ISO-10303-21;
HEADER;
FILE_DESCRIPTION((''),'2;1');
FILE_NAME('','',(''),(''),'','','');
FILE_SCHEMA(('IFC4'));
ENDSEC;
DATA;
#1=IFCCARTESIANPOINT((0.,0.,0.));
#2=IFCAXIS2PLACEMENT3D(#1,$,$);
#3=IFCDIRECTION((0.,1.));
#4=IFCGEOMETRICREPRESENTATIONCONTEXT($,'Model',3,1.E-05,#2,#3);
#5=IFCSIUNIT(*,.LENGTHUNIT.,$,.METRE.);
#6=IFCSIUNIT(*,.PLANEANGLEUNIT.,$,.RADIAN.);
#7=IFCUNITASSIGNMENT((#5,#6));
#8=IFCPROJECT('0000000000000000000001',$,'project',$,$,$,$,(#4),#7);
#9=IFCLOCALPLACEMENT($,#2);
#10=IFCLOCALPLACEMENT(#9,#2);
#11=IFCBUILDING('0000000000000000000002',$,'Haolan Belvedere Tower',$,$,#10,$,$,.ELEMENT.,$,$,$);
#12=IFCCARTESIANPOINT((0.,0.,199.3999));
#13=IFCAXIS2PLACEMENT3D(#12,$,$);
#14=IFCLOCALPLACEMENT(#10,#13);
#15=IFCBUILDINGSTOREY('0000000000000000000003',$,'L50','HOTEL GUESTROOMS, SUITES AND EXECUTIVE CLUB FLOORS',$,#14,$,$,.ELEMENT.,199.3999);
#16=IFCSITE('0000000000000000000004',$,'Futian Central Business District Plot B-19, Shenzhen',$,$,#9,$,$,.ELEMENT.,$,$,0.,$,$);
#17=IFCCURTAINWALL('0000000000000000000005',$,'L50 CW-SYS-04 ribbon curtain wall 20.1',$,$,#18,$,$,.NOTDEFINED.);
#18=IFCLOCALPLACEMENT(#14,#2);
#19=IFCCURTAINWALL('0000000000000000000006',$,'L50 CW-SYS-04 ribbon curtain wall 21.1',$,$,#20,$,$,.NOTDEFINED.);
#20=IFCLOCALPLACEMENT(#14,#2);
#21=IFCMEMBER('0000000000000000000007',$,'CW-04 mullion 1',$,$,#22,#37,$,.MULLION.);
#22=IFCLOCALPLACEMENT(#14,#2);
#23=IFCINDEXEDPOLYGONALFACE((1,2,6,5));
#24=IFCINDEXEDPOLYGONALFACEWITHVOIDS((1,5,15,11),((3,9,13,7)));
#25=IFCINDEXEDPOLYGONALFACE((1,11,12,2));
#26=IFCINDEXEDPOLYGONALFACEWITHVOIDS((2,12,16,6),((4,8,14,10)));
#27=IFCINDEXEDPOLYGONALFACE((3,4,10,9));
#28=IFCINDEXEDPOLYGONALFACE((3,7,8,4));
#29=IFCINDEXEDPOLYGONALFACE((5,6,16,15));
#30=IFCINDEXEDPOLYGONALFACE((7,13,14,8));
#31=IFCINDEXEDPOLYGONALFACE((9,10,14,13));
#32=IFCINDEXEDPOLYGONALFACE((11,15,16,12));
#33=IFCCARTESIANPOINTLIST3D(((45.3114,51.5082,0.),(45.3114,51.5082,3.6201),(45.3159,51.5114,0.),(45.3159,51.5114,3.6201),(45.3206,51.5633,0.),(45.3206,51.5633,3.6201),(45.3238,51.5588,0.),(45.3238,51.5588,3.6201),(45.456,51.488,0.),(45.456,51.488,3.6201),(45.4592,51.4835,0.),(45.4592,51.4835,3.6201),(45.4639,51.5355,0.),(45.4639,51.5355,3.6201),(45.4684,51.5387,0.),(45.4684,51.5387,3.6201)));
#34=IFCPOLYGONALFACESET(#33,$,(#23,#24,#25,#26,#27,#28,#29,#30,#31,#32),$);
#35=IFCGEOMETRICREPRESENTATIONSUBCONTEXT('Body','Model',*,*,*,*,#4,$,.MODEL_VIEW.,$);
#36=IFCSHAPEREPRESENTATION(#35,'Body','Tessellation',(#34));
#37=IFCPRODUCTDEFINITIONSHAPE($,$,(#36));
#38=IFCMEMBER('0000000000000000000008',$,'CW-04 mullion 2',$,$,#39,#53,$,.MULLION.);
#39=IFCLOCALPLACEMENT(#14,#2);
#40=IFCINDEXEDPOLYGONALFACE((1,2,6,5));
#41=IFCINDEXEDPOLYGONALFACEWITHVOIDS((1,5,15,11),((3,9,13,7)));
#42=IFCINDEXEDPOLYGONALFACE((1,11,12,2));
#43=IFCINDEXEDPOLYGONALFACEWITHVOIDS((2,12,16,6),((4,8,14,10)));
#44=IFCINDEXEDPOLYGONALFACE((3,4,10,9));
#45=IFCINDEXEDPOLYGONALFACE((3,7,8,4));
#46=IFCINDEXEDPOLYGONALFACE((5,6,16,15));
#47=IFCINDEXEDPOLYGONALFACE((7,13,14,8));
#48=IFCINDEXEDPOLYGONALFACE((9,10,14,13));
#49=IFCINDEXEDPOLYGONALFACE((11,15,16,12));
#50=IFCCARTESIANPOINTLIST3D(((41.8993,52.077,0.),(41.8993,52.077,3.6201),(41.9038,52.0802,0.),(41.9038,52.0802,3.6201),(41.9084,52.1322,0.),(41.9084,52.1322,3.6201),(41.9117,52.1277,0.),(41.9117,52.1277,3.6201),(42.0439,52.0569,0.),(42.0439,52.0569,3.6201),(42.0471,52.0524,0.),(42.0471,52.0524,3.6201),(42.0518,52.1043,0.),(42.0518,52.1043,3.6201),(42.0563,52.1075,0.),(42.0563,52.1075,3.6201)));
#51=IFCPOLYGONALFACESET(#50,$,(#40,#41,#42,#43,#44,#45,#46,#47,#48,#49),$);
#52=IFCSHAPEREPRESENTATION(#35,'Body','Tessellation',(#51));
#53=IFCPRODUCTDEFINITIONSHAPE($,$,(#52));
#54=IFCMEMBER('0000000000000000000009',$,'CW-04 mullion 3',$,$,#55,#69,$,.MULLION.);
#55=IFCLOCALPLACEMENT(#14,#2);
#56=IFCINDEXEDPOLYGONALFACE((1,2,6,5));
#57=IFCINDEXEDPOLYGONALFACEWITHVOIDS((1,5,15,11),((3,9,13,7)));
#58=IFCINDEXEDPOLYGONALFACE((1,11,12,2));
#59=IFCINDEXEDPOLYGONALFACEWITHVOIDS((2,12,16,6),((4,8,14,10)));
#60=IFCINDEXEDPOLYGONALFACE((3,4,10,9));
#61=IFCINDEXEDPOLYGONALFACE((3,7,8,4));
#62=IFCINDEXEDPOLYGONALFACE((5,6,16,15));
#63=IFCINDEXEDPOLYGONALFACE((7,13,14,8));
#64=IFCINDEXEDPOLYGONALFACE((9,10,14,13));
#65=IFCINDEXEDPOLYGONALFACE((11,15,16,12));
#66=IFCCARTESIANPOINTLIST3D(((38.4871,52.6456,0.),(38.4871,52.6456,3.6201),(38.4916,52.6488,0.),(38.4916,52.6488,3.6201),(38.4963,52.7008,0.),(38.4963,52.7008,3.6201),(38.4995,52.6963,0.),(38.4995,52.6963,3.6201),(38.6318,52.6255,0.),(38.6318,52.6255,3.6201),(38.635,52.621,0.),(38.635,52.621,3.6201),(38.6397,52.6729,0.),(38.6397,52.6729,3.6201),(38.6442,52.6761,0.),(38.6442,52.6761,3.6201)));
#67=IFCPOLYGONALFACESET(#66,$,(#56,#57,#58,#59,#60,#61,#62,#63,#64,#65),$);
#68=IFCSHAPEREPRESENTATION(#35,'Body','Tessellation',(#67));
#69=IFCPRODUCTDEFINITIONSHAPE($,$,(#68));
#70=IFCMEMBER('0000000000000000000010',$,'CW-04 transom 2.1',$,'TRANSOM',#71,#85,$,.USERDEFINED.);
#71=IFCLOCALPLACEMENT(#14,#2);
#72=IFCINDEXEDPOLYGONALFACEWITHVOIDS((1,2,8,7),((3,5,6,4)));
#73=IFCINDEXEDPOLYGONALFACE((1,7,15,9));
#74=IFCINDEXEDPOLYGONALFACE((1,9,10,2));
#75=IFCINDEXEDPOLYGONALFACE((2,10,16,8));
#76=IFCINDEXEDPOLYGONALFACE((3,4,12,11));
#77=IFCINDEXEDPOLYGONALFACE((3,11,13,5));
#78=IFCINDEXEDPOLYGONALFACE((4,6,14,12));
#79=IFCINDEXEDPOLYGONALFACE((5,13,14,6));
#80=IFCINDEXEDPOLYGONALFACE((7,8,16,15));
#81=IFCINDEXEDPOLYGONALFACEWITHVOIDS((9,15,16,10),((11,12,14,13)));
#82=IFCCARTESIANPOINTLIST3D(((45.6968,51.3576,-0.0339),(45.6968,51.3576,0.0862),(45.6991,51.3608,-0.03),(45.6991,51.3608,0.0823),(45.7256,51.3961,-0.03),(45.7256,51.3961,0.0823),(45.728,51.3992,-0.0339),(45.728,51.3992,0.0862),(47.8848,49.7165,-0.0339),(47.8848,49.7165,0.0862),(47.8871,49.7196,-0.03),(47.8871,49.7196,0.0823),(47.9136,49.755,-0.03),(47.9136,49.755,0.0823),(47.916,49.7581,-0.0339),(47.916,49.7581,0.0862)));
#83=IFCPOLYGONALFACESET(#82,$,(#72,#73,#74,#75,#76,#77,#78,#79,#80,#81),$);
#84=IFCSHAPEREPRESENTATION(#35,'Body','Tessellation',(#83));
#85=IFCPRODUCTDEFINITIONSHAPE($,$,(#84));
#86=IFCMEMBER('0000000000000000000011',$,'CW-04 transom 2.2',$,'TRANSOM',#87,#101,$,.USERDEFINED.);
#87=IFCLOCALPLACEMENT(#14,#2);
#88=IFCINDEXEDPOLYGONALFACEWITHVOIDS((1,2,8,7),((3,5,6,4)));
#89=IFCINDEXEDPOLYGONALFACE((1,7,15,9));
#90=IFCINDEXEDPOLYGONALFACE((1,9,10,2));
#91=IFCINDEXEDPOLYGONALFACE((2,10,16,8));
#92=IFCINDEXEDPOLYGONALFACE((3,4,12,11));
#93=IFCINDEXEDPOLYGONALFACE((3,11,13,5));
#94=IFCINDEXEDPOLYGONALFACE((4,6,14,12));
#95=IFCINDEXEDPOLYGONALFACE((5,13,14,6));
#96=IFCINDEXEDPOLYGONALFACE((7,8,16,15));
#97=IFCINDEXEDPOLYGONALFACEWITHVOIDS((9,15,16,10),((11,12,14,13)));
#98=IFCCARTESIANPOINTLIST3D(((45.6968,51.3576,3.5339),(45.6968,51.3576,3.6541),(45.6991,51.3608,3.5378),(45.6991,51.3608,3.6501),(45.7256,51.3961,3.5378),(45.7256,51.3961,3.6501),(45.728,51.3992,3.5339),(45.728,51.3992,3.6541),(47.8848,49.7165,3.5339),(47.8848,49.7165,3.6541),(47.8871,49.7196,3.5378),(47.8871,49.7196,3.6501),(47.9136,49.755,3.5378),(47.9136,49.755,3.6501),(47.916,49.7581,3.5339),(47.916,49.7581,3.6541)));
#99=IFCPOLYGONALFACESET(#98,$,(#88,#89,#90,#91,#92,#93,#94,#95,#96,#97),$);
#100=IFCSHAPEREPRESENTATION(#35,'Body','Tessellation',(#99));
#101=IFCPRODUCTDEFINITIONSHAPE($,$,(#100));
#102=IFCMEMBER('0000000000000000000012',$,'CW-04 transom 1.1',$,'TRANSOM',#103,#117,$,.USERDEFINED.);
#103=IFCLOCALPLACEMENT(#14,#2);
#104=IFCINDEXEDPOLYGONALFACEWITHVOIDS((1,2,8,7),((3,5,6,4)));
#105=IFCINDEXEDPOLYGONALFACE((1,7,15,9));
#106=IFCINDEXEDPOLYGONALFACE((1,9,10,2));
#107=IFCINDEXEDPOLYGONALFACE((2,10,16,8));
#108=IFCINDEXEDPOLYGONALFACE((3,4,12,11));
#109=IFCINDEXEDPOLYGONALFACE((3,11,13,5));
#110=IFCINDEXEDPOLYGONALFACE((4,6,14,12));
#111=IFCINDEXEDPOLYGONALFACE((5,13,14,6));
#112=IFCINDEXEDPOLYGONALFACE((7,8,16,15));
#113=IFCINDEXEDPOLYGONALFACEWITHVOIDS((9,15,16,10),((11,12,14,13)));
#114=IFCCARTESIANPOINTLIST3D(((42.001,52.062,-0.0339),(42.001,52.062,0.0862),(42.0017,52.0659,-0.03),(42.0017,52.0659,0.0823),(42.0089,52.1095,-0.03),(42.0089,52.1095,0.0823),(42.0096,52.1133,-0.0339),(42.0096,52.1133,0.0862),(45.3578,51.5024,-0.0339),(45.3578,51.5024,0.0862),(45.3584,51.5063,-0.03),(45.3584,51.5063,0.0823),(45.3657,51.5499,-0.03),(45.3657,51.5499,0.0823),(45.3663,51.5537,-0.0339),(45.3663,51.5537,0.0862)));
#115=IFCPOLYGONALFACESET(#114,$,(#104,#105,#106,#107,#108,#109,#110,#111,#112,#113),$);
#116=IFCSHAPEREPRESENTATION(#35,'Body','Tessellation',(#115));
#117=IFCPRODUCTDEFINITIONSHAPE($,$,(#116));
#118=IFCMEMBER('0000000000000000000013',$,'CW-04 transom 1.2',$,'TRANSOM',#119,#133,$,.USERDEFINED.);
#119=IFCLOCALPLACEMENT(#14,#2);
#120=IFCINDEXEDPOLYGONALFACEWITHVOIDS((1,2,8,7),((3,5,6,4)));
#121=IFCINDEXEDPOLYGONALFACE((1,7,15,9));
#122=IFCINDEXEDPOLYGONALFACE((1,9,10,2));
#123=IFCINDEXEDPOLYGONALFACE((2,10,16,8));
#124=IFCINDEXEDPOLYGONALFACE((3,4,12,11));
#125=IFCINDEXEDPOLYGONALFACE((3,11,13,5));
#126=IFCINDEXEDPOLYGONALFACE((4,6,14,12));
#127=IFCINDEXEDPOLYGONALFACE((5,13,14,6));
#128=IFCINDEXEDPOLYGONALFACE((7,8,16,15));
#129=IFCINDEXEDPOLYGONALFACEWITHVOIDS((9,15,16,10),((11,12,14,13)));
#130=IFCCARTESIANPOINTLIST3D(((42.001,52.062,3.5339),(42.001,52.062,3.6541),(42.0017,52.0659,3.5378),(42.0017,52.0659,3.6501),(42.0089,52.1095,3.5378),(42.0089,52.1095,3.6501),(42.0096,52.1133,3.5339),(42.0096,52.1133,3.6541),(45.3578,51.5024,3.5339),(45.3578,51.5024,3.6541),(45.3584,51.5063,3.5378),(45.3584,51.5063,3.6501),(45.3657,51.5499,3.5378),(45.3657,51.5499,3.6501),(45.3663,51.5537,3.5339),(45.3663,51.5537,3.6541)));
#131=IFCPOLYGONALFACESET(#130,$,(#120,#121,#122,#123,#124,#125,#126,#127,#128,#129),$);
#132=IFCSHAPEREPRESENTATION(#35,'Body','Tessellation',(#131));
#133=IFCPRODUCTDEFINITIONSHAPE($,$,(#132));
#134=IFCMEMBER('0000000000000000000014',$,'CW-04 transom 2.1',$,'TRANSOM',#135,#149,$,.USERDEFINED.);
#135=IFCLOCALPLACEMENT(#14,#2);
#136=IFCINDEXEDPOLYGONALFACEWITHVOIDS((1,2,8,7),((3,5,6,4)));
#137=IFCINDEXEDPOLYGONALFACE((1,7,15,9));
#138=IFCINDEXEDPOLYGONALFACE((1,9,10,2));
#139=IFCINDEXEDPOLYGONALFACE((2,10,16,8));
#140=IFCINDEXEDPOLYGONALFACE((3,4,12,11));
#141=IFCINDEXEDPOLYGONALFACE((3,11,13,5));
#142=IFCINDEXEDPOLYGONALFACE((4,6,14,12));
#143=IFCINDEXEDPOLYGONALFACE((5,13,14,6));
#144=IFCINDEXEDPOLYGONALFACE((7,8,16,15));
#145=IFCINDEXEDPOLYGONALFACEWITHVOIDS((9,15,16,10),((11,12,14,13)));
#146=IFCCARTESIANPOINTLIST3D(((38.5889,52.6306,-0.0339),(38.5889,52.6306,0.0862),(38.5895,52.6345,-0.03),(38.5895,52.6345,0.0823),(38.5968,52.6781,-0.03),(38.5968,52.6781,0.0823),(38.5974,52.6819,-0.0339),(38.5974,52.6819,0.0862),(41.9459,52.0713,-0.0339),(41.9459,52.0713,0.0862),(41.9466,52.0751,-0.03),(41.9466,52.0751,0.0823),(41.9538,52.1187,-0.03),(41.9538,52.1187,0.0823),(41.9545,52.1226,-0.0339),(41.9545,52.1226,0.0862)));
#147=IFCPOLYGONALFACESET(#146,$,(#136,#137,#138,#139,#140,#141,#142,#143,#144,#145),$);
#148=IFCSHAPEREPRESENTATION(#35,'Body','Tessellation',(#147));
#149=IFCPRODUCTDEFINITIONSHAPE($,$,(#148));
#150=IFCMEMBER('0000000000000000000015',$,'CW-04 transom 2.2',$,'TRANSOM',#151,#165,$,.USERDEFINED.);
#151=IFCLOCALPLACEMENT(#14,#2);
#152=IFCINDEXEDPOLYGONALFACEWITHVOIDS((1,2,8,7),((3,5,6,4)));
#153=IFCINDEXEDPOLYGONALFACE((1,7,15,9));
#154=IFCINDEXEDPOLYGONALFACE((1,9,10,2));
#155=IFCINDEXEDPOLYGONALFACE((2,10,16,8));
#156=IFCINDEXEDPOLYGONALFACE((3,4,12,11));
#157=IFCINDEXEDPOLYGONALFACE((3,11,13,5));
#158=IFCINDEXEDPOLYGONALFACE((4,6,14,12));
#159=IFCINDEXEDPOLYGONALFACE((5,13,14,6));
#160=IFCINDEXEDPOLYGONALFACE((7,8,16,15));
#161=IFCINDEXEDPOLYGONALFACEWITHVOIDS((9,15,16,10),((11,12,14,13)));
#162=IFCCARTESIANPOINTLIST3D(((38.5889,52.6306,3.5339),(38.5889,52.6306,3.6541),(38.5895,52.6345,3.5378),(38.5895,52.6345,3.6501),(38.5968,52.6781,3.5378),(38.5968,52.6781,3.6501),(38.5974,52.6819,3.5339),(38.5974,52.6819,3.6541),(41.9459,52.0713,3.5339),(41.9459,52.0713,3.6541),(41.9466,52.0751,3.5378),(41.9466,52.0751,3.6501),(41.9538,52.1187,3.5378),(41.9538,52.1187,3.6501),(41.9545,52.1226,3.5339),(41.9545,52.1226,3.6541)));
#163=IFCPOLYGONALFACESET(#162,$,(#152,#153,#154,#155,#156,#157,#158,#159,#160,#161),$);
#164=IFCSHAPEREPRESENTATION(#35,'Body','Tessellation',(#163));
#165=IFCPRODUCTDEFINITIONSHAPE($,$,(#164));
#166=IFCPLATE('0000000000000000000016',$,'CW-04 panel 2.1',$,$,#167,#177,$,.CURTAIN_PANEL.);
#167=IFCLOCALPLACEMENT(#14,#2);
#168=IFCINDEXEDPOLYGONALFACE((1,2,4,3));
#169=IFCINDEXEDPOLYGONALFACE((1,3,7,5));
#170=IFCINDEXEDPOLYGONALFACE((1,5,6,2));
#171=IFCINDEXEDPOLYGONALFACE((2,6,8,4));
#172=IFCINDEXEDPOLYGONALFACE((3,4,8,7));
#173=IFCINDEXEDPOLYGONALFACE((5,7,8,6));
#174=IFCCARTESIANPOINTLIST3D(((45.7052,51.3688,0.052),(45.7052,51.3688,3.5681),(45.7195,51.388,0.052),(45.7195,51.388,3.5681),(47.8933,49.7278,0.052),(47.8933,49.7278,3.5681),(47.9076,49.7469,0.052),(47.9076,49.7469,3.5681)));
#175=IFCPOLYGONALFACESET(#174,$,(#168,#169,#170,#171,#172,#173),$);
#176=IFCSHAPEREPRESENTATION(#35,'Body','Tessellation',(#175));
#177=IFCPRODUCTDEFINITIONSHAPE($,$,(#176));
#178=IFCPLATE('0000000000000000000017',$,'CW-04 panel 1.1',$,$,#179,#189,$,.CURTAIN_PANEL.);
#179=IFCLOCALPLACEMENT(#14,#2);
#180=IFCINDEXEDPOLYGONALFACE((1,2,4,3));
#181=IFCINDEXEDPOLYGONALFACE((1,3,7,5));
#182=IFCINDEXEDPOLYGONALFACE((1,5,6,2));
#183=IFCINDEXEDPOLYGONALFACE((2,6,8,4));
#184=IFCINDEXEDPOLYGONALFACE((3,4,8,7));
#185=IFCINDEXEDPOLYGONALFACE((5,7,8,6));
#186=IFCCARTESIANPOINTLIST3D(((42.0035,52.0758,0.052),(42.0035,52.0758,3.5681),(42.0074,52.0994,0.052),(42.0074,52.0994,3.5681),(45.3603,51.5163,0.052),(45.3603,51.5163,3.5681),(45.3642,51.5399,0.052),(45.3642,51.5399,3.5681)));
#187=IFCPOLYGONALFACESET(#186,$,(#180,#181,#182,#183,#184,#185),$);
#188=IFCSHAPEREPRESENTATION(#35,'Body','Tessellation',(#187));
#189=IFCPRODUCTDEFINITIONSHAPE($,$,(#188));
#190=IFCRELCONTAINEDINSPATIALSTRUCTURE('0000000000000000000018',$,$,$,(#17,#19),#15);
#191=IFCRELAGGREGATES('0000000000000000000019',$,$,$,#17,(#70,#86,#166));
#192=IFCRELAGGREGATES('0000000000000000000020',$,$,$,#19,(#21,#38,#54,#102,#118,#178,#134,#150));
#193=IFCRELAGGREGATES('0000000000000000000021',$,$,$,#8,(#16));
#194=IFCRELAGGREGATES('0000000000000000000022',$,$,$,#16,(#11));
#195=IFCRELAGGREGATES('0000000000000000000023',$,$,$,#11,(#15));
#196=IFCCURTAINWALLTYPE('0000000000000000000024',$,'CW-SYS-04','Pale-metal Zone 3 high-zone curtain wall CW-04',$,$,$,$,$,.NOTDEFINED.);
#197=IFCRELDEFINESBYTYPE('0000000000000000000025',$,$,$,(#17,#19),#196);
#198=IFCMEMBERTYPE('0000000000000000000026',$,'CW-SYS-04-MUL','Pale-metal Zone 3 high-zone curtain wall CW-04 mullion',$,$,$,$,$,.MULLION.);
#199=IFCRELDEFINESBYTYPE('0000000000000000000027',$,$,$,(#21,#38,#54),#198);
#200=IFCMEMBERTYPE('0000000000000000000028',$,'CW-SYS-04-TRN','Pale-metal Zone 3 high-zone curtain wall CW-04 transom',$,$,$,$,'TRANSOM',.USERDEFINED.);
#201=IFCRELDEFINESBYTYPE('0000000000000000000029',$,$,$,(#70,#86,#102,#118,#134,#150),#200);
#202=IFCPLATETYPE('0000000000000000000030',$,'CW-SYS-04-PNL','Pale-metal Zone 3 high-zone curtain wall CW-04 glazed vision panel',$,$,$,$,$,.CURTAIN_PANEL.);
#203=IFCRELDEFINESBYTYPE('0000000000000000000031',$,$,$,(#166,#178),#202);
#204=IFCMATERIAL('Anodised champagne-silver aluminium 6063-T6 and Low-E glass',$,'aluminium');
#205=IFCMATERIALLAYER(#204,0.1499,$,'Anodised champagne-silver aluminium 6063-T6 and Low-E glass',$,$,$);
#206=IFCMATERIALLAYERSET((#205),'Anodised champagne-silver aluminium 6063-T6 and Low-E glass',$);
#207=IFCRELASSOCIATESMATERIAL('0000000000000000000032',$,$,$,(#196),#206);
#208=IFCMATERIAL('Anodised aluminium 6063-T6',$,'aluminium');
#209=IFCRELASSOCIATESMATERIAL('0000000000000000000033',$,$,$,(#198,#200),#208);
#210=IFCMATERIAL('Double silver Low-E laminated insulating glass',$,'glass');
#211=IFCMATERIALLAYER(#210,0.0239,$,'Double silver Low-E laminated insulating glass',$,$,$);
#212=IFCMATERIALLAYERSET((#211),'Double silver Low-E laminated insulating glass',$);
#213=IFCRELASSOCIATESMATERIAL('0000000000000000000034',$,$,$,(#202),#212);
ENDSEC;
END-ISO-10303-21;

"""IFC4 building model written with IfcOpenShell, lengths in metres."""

from ifc_helpers import new_model, si_unit, direction, frame, origin, origin_2d, place, context, subcontext, project, spatial, rectangle, hollow_rectangle, extrude, material, layer, layer_set, material_profile, profile_set, type_object, element, aggregate, save


model = new_model("IFC4")

# Units and contexts
model_context = context("Model", 3, precision=1e-05, world=origin(), true_north=direction((0.0, 1.0)))
body_context = subcontext(model_context, "Body", "Model", "MODEL_VIEW")
ifc_project = project(units=[si_unit("LENGTHUNIT", "METRE"), si_unit("PLANEANGLEUNIT", "RADIAN")], contexts=[model_context])

# Site, building, storey
site_placement = place(None, origin())
site = spatial("IfcSite", under=ifc_project, at=site_placement, Name="Futian Central Business District Plot B-19, Shenzhen", CompositionType="ELEMENT", RefElevation=0.0)
building_placement = place(site_placement, origin())
building = spatial("IfcBuilding", under=site, at=building_placement, Name="Haolan Belvedere Tower", CompositionType="ELEMENT")
storey_placement = place(building_placement, frame((0.0, 0.0, 199.3999)))
storey = spatial("IfcBuildingStorey", under=building, at=storey_placement, Name="L50", Description="HOTEL GUESTROOMS, SUITES AND EXECUTIVE CLUB FLOORS", CompositionType="ELEMENT", Elevation=199.3999)

# Curtain wall
ifc_material_1 = material(Name="Anodised champagne-silver aluminium 6063-T6 and Low-E glass", Category="aluminium")
ifc_layer_1 = layer(ifc_material_1, 0.1499, Name="Anodised champagne-silver aluminium 6063-T6 and Low-E glass")
ifc_layer_set_1 = layer_set([ifc_layer_1], Name="Anodised champagne-silver aluminium 6063-T6 and Low-E glass")
curtain_wall_type = type_object("IfcCurtainWallType", Name="CW-SYS-04", Description="Pale-metal Zone 3 high-zone curtain wall CW-04", PredefinedType="NOTDEFINED", material=ifc_layer_set_1)
curtain_wall_1_placement = place(storey_placement, origin())
curtain_wall_1 = element("IfcCurtainWall", 1, at=curtain_wall_1_placement, inside=storey, type_object=curtain_wall_type, Name="L50 CW-SYS-04 ribbon curtain wall 20.1", PredefinedType="NOTDEFINED")
ifc_material_2 = material(Name="Anodised aluminium 6063-T6", Category="aluminium")
ifc_material_profile_1 = material_profile(ifc_material_2, hollow_rectangle(XDim=0.0559, YDim=0.1499, WallThickness=0.0039, at=origin_2d()), Name="Anodised aluminium 6063-T6")
ifc_profile_set_1 = profile_set([ifc_material_profile_1], Name="Anodised aluminium 6063-T6")
member_type_1 = type_object("IfcMemberType", Name="CW-SYS-04-MUL", Description="Pale-metal Zone 3 high-zone curtain wall CW-04 mullion", PredefinedType="MULLION", material=ifc_profile_set_1)

# Curtain wall, members
curtain_wall_2_placement = place(storey_placement, origin())
curtain_wall_2 = element("IfcCurtainWall", 2, at=curtain_wall_2_placement, inside=storey, type_object=curtain_wall_type, Name="L50 CW-SYS-04 ribbon curtain wall 21.1", PredefinedType="NOTDEFINED")
member_1_placement = place(storey_placement, frame((45.3899, 51.5234, 0.0), z_axis=(0.0, 0.0, 1.0), x_axis=(-0.164406, -0.986393, 0.0)))
member_1 = element("IfcMember", 3, at=member_1_placement, type_object=member_type_1, Name="CW-04 mullion 1", PredefinedType="MULLION", context=body_context, shape_type="SweptSolid", body=[
    extrude(hollow_rectangle(XDim=0.0559, YDim=0.1499, WallThickness=0.0039, at=origin_2d()), origin(), (0.0, 0.0, 1.0), 3.6201),
])
member_2_placement = place(storey_placement, frame((41.9778, 52.0923, 0.0), z_axis=(0.0, 0.0, 1.0), x_axis=(-0.164406, -0.986393, 0.0)))
member_2 = element("IfcMember", 4, at=member_2_placement, type_object=member_type_1, Name="CW-04 mullion 2", PredefinedType="MULLION", context=body_context, shape_type="SweptSolid", body=[
    extrude(hollow_rectangle(XDim=0.0559, YDim=0.1499, WallThickness=0.0039, at=origin_2d()), origin(), (0.0, 0.0, 1.0), 3.6201),
])
member_3_placement = place(storey_placement, frame((38.5657, 52.6609, 0.0), z_axis=(0.0, 0.0, 1.0), x_axis=(-0.164406, -0.986393, 0.0)))
member_3 = element("IfcMember", 5, at=member_3_placement, type_object=member_type_1, Name="CW-04 mullion 3", PredefinedType="MULLION", context=body_context, shape_type="SweptSolid", body=[
    extrude(hollow_rectangle(XDim=0.0559, YDim=0.1499, WallThickness=0.0039, at=origin_2d()), origin(), (0.0, 0.0, 1.0), 3.6201),
])

# Members
ifc_material_profile_2 = material_profile(ifc_material_2, hollow_rectangle(XDim=0.052, YDim=0.1201, WallThickness=0.0039, at=origin_2d()), Name="Anodised aluminium 6063-T6")
ifc_profile_set_2 = profile_set([ifc_material_profile_2], Name="Anodised aluminium 6063-T6")
member_type_2 = type_object("IfcMemberType", Name="CW-SYS-04-TRN", Description="Pale-metal Zone 3 high-zone curtain wall CW-04 transom", ElementType="TRANSOM", PredefinedType="USERDEFINED", material=ifc_profile_set_2)
member_4_placement = place(storey_placement, frame((47.9004, 49.7373, 0.0261), z_axis=(-0.799979, 0.600029, 0.0), x_axis=(-0.600029, -0.799979, 0.0)))
member_4 = element("IfcMember", 6, at=member_4_placement, type_object=member_type_2, Name="CW-04 transom 2.1", ObjectType="TRANSOM", PredefinedType="USERDEFINED", context=body_context, shape_type="SweptSolid", body=[
    extrude(hollow_rectangle(XDim=0.052, YDim=0.1201, WallThickness=0.0039, at=origin_2d()), origin(), (0.0, 0.0, 1.0), 2.7351),
])
member_5_placement = place(storey_placement, frame((47.9004, 49.7373, 3.594), z_axis=(-0.799979, 0.600029, 0.0), x_axis=(-0.600029, -0.799979, 0.0)))
member_5 = element("IfcMember", 7, at=member_5_placement, type_object=member_type_2, Name="CW-04 transom 2.2", ObjectType="TRANSOM", PredefinedType="USERDEFINED", context=body_context, shape_type="SweptSolid", body=[
    extrude(hollow_rectangle(XDim=0.052, YDim=0.1201, WallThickness=0.0039, at=origin_2d()), origin(), (0.0, 0.0, 1.0), 2.7351),
])
member_6_placement = place(storey_placement, frame((45.3621, 51.5281, 0.0261), z_axis=(-0.986388, 0.164434, 0.0), x_axis=(-0.164434, -0.986388, 0.0)))
member_6 = element("IfcMember", 8, at=member_6_placement, type_object=member_type_2, Name="CW-04 transom 1.1", ObjectType="TRANSOM", PredefinedType="USERDEFINED", context=body_context, shape_type="SweptSolid", body=[
    extrude(hollow_rectangle(XDim=0.052, YDim=0.1201, WallThickness=0.0039, at=origin_2d()), origin(), (0.0, 0.0, 1.0), 3.4031),
])
member_7_placement = place(storey_placement, frame((45.3621, 51.5281, 3.594), z_axis=(-0.986388, 0.164434, 0.0), x_axis=(-0.164434, -0.986388, 0.0)))
member_7 = element("IfcMember", 9, at=member_7_placement, type_object=member_type_2, Name="CW-04 transom 1.2", ObjectType="TRANSOM", PredefinedType="USERDEFINED", context=body_context, shape_type="SweptSolid", body=[
    extrude(hollow_rectangle(XDim=0.052, YDim=0.1201, WallThickness=0.0039, at=origin_2d()), origin(), (0.0, 0.0, 1.0), 3.4031),
])
member_8_placement = place(storey_placement, frame((41.9502, 52.0969, 0.0261), z_axis=(-0.986402, 0.164352, 0.0), x_axis=(-0.164352, -0.986402, 0.0)))
member_8 = element("IfcMember", 10, at=member_8_placement, type_object=member_type_2, Name="CW-04 transom 2.1", ObjectType="TRANSOM", PredefinedType="USERDEFINED", context=body_context, shape_type="SweptSolid", body=[
    extrude(hollow_rectangle(XDim=0.052, YDim=0.1201, WallThickness=0.0039, at=origin_2d()), origin(), (0.0, 0.0, 1.0), 3.4033),
])
member_9_placement = place(storey_placement, frame((41.9502, 52.0969, 3.594), z_axis=(-0.986402, 0.164352, 0.0), x_axis=(-0.164352, -0.986402, 0.0)))
member_9 = element("IfcMember", 11, at=member_9_placement, type_object=member_type_2, Name="CW-04 transom 2.2", ObjectType="TRANSOM", PredefinedType="USERDEFINED", context=body_context, shape_type="SweptSolid", body=[
    extrude(hollow_rectangle(XDim=0.052, YDim=0.1201, WallThickness=0.0039, at=origin_2d()), origin(), (0.0, 0.0, 1.0), 3.4033),
])

# Plates
ifc_material_3 = material(Name="Double silver Low-E laminated insulating glass", Category="glass")
ifc_layer_2 = layer(ifc_material_3, 0.0239, Name="Double silver Low-E laminated insulating glass")
ifc_layer_set_2 = layer_set([ifc_layer_2], Name="Double silver Low-E laminated insulating glass")
plate_type = type_object("IfcPlateType", Name="CW-SYS-04-PNL", Description="Pale-metal Zone 3 high-zone curtain wall CW-04 glazed vision panel", PredefinedType="CURTAIN_PANEL", material=ifc_layer_set_2)
plate_1_placement = place(storey_placement, frame((46.8064, 50.5579, 0.052), z_axis=(0.0, 0.0, 1.0), x_axis=(-0.799998, 0.600003, 0.0)))
plate_1 = element("IfcPlate", 12, at=plate_1_placement, type_object=plate_type, Name="CW-04 panel 2.1", PredefinedType="CURTAIN_PANEL", context=body_context, shape_type="SweptSolid", body=[
    extrude(rectangle(XDim=2.7351, YDim=0.0239, at=origin_2d()), origin(), (0.0, 0.0, 1.0), 3.5161),
])
aggregate(curtain_wall_1, [member_4, member_5, plate_1])
plate_2_placement = place(storey_placement, frame((43.6838, 51.8079, 0.052), z_axis=(0.0, 0.0, 1.0), x_axis=(-0.986393, 0.164406, 0.0)))
plate_2 = element("IfcPlate", 13, at=plate_2_placement, type_object=plate_type, Name="CW-04 panel 1.1", PredefinedType="CURTAIN_PANEL", context=body_context, shape_type="SweptSolid", body=[
    extrude(rectangle(XDim=3.4031, YDim=0.0239, at=origin_2d()), origin(), (0.0, 0.0, 1.0), 3.5161),
])
aggregate(curtain_wall_2, [member_1, member_2, member_3, member_6, member_7, plate_2, member_8, member_9])

save(model, "model.ifc")
